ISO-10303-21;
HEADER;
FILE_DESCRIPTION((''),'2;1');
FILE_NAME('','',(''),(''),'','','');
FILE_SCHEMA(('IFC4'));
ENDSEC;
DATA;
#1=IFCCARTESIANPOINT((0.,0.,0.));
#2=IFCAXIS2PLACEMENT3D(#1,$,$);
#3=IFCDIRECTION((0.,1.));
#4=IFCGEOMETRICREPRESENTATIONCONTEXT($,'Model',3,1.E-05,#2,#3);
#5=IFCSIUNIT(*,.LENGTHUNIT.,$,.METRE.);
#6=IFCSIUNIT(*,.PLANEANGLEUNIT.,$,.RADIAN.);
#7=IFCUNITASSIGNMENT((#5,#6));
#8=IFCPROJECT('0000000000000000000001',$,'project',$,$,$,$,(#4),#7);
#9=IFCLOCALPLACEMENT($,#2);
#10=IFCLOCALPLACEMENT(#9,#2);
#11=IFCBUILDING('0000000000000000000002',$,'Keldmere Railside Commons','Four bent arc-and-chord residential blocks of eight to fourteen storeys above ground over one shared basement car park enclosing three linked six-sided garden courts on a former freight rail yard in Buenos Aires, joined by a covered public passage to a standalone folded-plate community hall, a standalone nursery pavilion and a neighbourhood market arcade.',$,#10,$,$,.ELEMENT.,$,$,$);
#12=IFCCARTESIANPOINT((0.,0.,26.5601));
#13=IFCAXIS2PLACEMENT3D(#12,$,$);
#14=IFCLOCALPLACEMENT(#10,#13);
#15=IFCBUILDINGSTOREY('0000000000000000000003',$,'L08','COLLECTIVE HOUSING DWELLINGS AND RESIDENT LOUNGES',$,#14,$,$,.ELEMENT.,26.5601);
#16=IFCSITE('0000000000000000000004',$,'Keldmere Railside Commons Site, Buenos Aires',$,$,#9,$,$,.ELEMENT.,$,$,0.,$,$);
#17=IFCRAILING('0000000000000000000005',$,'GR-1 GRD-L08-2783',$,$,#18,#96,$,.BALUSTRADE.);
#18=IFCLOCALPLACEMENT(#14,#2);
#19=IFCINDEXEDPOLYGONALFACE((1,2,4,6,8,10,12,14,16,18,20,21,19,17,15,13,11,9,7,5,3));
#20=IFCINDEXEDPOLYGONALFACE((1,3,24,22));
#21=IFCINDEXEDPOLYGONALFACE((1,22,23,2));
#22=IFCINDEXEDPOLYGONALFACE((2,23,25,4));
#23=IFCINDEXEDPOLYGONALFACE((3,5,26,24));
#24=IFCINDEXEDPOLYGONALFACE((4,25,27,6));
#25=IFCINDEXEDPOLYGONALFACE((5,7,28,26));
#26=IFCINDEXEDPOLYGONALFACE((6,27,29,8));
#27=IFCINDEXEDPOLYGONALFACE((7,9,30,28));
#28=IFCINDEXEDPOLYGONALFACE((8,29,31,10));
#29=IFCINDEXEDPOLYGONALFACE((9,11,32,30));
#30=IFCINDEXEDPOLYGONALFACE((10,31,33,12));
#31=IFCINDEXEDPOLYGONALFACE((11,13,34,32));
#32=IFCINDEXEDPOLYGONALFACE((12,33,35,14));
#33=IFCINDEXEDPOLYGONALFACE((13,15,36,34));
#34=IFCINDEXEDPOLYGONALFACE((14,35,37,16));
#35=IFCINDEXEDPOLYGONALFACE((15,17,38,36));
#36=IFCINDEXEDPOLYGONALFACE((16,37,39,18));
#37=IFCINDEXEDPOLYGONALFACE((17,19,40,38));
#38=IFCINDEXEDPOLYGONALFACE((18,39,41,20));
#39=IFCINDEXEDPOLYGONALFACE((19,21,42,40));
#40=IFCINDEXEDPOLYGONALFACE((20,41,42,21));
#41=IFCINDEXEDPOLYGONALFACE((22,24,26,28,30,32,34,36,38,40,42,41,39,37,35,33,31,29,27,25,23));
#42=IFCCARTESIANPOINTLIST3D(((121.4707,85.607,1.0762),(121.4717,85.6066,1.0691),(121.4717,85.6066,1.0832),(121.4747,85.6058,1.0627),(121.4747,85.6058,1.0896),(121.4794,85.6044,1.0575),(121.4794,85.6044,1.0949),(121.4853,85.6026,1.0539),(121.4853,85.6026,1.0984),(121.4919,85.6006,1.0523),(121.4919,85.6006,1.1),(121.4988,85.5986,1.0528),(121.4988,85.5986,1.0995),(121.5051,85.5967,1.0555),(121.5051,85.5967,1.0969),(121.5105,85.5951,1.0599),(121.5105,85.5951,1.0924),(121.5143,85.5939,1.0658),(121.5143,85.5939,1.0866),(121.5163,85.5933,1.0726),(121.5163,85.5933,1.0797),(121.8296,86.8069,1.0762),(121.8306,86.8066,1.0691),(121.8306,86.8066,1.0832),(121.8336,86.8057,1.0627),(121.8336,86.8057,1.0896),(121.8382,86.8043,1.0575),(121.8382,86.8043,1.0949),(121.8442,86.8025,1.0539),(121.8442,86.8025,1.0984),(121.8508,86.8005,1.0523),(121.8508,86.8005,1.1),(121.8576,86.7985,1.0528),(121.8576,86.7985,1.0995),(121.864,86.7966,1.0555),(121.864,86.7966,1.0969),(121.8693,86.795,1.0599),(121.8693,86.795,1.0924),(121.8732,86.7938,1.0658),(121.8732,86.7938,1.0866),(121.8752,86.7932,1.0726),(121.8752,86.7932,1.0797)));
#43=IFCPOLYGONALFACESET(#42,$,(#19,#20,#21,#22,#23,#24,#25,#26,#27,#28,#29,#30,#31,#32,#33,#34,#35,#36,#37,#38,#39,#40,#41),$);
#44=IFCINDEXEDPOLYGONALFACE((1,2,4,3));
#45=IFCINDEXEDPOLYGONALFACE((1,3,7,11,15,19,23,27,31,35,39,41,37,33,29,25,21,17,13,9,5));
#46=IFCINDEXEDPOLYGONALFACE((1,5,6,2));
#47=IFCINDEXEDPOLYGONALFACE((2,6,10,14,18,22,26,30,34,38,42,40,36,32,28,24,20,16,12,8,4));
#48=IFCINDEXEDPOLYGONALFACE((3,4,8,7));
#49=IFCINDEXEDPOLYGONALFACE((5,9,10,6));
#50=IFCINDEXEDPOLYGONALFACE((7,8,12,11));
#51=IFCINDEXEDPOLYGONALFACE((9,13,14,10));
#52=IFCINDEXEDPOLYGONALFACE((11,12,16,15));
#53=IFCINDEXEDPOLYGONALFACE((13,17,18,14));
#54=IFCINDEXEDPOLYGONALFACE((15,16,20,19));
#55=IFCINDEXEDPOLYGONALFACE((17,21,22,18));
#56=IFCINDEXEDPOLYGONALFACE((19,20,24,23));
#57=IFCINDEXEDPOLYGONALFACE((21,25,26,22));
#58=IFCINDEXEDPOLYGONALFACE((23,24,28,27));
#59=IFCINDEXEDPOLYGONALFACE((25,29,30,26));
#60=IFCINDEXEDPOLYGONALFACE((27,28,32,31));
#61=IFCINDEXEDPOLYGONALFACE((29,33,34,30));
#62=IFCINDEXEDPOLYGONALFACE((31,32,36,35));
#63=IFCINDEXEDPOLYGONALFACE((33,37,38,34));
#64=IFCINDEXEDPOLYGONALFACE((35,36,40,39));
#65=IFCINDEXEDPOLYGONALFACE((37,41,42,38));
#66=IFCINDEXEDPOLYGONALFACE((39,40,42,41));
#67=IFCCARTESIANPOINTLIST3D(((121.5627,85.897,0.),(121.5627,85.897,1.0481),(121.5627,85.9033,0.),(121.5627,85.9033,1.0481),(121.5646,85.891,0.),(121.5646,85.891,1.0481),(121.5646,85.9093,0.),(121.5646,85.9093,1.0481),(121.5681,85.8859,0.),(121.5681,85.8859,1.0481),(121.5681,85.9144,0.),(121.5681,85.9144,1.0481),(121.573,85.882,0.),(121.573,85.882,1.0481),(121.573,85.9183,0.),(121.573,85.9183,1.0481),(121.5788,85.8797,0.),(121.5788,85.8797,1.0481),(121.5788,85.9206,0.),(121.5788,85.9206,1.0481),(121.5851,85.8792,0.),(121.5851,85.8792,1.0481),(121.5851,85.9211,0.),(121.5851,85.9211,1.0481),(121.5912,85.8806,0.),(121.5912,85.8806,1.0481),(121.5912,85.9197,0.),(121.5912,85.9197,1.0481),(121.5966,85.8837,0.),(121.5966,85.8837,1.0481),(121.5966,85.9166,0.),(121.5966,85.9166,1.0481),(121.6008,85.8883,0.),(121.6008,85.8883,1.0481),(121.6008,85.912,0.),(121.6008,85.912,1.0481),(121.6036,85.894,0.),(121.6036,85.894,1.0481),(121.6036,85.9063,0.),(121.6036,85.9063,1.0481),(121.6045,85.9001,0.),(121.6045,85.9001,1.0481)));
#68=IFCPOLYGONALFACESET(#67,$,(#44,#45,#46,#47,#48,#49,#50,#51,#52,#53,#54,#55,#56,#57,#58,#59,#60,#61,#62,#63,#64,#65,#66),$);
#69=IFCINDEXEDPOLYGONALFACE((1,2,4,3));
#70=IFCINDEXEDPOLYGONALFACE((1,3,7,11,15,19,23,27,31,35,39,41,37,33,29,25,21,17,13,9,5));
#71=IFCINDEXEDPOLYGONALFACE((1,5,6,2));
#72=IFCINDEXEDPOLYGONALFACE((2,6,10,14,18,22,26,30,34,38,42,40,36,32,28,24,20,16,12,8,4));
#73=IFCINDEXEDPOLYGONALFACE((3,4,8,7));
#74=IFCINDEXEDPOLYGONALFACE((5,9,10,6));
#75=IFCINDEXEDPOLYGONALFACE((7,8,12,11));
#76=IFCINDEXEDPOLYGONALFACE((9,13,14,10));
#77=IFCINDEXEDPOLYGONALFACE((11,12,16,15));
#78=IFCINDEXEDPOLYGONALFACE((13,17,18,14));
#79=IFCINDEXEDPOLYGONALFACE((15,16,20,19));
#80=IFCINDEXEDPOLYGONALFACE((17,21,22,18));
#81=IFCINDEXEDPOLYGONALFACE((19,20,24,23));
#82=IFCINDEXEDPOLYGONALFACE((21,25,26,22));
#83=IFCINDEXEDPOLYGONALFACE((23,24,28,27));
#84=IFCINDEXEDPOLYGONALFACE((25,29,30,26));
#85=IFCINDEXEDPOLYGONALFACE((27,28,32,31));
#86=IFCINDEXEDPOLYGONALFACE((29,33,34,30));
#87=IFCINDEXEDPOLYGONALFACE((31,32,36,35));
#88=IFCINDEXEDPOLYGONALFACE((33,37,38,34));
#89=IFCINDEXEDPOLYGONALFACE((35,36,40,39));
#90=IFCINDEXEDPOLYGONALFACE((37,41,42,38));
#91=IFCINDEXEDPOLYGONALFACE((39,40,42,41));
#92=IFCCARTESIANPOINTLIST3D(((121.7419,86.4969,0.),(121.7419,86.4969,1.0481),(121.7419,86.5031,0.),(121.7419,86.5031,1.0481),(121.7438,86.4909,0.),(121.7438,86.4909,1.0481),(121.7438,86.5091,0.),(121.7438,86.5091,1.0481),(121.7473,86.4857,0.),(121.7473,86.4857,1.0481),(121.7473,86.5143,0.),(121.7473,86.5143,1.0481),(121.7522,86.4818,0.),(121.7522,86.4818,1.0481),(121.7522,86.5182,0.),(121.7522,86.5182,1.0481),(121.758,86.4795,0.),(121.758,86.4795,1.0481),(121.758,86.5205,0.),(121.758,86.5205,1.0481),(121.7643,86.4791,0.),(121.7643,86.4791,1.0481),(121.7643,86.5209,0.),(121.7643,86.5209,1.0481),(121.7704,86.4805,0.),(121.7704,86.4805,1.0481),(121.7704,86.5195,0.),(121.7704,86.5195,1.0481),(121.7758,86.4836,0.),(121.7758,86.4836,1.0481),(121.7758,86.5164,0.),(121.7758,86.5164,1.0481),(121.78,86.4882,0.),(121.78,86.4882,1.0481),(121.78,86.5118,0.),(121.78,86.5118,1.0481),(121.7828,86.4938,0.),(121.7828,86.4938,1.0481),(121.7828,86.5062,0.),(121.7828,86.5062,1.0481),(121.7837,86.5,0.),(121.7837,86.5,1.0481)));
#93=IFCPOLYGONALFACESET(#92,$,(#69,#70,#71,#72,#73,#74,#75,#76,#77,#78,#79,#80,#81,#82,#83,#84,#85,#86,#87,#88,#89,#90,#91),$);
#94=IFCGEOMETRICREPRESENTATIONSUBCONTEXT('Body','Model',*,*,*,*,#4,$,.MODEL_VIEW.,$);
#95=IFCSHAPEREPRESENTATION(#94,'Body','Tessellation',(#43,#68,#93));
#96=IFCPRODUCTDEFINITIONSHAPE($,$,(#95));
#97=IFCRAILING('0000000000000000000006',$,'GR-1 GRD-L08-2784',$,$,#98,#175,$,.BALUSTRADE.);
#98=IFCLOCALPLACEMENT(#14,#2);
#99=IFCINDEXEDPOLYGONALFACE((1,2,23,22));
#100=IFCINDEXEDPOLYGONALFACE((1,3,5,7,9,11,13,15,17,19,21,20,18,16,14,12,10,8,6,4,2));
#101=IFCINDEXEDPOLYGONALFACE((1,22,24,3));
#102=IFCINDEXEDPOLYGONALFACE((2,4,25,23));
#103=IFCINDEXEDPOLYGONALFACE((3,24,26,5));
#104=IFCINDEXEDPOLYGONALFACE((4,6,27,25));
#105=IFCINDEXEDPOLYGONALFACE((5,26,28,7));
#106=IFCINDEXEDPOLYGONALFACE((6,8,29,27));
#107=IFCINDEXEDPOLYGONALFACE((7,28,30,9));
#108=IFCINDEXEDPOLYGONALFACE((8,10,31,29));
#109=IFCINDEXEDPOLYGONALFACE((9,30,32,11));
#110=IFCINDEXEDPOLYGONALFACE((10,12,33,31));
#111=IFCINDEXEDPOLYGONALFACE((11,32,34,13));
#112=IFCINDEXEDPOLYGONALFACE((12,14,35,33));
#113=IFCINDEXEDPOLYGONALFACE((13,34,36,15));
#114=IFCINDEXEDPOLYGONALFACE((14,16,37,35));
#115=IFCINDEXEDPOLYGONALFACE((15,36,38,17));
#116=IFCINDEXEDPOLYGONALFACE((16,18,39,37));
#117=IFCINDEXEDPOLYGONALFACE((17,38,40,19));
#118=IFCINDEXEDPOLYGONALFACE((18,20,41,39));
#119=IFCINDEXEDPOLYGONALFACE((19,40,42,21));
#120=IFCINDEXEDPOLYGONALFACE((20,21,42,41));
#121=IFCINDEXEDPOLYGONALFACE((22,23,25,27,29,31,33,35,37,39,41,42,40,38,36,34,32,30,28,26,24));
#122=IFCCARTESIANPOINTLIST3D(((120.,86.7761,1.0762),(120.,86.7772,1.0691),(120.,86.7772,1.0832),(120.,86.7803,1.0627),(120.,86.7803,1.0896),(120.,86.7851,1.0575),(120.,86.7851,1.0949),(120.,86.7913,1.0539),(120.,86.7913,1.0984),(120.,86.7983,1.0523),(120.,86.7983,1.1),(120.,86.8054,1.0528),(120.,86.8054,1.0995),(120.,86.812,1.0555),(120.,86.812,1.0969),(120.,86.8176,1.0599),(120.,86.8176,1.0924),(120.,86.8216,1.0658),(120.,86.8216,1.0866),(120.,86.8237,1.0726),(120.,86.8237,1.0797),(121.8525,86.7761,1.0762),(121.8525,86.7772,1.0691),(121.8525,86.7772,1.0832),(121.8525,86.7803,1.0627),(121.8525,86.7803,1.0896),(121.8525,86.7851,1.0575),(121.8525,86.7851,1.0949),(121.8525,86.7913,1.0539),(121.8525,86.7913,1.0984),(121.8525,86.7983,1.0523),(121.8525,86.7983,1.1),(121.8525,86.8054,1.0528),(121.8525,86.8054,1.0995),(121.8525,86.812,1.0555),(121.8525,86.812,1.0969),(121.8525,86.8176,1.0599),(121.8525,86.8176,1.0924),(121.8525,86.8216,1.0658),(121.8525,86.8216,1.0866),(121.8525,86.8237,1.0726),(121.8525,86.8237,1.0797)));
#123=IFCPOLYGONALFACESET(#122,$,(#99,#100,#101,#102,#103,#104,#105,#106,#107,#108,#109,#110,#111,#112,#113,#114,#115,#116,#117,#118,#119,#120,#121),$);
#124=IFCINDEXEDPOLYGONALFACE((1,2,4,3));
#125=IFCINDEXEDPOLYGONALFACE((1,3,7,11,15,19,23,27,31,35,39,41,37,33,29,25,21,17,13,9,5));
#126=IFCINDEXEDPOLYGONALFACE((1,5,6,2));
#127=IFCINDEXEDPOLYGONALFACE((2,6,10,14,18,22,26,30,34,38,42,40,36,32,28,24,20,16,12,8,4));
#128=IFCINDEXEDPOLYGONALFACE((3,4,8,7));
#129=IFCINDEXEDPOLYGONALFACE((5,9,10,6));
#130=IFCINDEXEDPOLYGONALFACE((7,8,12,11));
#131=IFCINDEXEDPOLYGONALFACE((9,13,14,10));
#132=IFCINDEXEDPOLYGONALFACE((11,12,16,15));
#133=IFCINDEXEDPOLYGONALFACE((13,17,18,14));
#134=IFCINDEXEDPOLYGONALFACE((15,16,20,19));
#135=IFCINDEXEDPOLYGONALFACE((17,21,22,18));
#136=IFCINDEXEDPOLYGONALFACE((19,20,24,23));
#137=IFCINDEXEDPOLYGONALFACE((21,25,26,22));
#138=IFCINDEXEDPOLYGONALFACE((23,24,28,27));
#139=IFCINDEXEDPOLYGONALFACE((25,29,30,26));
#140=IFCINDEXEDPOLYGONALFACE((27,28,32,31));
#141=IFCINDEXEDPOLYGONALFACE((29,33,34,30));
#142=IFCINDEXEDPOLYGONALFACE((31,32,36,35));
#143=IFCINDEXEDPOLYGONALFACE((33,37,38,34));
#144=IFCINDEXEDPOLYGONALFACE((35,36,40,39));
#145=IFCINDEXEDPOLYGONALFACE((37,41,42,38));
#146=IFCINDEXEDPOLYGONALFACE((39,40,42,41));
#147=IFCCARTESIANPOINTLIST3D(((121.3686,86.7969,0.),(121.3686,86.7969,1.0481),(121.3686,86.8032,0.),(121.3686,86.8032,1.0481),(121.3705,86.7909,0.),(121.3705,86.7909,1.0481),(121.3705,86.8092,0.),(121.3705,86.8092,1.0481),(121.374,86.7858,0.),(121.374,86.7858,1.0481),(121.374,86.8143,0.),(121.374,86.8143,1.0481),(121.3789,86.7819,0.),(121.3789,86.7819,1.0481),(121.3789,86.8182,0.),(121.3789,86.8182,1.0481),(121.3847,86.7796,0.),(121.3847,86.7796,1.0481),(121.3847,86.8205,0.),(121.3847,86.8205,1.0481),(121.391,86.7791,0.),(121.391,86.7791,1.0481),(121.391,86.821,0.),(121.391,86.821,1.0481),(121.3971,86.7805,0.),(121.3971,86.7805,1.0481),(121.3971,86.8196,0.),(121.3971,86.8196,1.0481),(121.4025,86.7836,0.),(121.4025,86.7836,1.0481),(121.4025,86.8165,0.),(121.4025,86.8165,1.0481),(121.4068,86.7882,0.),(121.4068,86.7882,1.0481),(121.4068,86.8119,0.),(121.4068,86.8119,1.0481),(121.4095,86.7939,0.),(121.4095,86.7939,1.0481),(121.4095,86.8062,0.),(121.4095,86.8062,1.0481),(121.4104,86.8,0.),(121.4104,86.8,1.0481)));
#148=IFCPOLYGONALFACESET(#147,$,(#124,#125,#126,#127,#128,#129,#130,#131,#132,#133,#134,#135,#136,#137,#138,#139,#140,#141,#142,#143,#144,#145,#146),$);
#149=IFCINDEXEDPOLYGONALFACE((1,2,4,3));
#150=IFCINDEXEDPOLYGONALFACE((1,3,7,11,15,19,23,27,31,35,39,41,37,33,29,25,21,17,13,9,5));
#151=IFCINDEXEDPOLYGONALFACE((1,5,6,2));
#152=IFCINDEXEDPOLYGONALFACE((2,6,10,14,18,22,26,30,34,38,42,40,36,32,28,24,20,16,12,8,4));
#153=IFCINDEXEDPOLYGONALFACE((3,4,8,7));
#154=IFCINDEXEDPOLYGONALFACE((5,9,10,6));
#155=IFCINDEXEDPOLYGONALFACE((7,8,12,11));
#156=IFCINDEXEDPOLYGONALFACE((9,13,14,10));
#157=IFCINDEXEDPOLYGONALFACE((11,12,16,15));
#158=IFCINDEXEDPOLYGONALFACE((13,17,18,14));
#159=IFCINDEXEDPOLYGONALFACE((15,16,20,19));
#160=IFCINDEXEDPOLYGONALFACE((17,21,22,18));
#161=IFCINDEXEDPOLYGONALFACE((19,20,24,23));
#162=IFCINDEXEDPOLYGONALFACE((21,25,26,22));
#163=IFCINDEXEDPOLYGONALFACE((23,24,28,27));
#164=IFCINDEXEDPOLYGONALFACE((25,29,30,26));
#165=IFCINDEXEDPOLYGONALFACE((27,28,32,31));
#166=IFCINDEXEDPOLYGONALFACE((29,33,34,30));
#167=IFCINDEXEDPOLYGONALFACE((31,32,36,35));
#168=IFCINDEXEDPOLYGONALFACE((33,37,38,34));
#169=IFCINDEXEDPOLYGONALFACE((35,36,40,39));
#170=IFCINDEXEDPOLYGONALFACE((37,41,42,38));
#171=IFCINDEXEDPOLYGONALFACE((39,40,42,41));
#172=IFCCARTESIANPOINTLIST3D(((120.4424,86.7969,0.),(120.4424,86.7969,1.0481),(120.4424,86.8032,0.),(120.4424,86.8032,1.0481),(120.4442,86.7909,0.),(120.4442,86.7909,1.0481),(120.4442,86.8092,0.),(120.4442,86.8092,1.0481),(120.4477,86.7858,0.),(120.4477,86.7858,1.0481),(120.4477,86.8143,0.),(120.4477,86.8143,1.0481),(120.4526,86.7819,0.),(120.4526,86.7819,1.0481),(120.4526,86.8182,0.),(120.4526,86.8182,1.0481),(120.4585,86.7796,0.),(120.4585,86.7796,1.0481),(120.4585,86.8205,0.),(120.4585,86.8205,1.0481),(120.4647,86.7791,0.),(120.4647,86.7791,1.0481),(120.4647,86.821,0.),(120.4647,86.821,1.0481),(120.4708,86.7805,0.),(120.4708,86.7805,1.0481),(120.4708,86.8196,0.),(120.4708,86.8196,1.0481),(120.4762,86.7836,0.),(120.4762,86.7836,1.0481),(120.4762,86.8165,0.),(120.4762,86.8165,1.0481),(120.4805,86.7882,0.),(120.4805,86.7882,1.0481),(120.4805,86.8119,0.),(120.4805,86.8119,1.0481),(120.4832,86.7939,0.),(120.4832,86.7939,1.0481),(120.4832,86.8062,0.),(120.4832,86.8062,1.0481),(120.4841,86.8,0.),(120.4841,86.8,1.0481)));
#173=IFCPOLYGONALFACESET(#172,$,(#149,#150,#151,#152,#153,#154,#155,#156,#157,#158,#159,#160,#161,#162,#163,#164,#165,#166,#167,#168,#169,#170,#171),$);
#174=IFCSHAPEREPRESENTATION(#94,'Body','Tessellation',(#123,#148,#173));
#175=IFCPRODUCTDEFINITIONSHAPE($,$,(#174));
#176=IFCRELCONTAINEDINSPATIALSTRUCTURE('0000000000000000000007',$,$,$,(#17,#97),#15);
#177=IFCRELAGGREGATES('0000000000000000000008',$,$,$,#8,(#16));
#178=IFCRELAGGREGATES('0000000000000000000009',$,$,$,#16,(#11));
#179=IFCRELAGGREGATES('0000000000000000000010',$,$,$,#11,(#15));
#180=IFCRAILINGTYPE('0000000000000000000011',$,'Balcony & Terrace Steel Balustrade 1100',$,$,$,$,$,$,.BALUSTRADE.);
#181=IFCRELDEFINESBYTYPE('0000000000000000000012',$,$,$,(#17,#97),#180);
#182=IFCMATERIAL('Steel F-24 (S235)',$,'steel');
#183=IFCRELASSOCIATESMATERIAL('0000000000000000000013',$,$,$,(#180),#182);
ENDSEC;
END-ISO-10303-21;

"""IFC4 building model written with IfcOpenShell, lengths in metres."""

from ifc_helpers import new_model, si_unit, direction, frame, origin, origin_2d, place, context, subcontext, project, spatial, circle, extrude, material, type_object, element, save


model = new_model("IFC4")

# Units and contexts
model_context = context("Model", 3, precision=1e-05, world=origin(), true_north=direction((0.0, 1.0)))
body_context = subcontext(model_context, "Body", "Model", "MODEL_VIEW")
ifc_project = project(units=[si_unit("LENGTHUNIT", "METRE"), si_unit("PLANEANGLEUNIT", "RADIAN")], contexts=[model_context])

# Site, building, storey
site_placement = place(None, origin())
site = spatial("IfcSite", under=ifc_project, at=site_placement, Name="Keldmere Railside Commons Site, Buenos Aires", CompositionType="ELEMENT", RefElevation=0.0)
building_placement = place(site_placement, origin())
building = spatial("IfcBuilding", under=site, at=building_placement, Name="Keldmere Railside Commons", Description="Four bent arc-and-chord residential blocks of eight to fourteen storeys above ground over one shared basement car park enclosing three linked six-sided garden courts on a former freight rail yard in Buenos Aires, joined by a covered public passage to a standalone folded-plate community hall, a standalone nursery pavilion and a neighbourhood market arcade.", CompositionType="ELEMENT")
storey_placement = place(building_placement, frame((0.0, 0.0, 26.5601)))
storey = spatial("IfcBuildingStorey", under=building, at=storey_placement, Name="L08", Description="COLLECTIVE HOUSING DWELLINGS AND RESIDENT LOUNGES", CompositionType="ELEMENT", Elevation=26.5601)

# Railings
ifc_material_1 = material(Name="Steel F-24 (S235)", Category="steel")
railing_type = type_object("IfcRailingType", Name="Balcony & Terrace Steel Balustrade 1100", PredefinedType="BALUSTRADE", material=ifc_material_1)
railing_1_placement = place(storey_placement, frame((121.4937, 85.6001, 0.0)))
element("IfcRailing", 1, at=railing_1_placement, inside=storey, type_object=railing_type, Name="GR-1 GRD-L08-2783", PredefinedType="BALUSTRADE", context=body_context, shape_type="SweptSolid", body=[
    extrude(circle(Radius=0.0239, at=origin_2d()), frame((0.0, 0.0, 1.0762), z_axis=(0.286543, 0.958067, 0.0), x_axis=(-0.958067, 0.286543, 0.0)), (0.0, 0.0, 1.0), 1.2524),
    extrude(circle(Radius=0.021, at=origin_2d()), frame((0.0898, 0.3, 0.0)), (0.0, 0.0, 1.0), 1.0481),
    extrude(circle(Radius=0.021, at=origin_2d()), frame((0.269, 0.8999, 0.0)), (0.0, 0.0, 1.0), 1.0481),
])
railing_2_placement = place(storey_placement, frame((121.8525, 86.8, 0.0)))
element("IfcRailing", 2, at=railing_2_placement, inside=storey, type_object=railing_type, Name="GR-1 GRD-L08-2784", PredefinedType="BALUSTRADE", context=body_context, shape_type="SweptSolid", body=[
    extrude(circle(Radius=0.0239, at=origin_2d()), frame((0.0, 0.0, 1.0762), z_axis=(-1.0, 0.0, 0.0), x_axis=(0.0, -1.0, 0.0)), (0.0, 0.0, 1.0), 1.8525),
    extrude(circle(Radius=0.021, at=origin_2d()), frame((-0.4631, 0.0, 0.0)), (0.0, 0.0, 1.0), 1.0481),
    extrude(circle(Radius=0.021, at=origin_2d()), frame((-1.3894, 0.0, 0.0)), (0.0, 0.0, 1.0), 1.0481),
])

save(model, "model.ifc")
